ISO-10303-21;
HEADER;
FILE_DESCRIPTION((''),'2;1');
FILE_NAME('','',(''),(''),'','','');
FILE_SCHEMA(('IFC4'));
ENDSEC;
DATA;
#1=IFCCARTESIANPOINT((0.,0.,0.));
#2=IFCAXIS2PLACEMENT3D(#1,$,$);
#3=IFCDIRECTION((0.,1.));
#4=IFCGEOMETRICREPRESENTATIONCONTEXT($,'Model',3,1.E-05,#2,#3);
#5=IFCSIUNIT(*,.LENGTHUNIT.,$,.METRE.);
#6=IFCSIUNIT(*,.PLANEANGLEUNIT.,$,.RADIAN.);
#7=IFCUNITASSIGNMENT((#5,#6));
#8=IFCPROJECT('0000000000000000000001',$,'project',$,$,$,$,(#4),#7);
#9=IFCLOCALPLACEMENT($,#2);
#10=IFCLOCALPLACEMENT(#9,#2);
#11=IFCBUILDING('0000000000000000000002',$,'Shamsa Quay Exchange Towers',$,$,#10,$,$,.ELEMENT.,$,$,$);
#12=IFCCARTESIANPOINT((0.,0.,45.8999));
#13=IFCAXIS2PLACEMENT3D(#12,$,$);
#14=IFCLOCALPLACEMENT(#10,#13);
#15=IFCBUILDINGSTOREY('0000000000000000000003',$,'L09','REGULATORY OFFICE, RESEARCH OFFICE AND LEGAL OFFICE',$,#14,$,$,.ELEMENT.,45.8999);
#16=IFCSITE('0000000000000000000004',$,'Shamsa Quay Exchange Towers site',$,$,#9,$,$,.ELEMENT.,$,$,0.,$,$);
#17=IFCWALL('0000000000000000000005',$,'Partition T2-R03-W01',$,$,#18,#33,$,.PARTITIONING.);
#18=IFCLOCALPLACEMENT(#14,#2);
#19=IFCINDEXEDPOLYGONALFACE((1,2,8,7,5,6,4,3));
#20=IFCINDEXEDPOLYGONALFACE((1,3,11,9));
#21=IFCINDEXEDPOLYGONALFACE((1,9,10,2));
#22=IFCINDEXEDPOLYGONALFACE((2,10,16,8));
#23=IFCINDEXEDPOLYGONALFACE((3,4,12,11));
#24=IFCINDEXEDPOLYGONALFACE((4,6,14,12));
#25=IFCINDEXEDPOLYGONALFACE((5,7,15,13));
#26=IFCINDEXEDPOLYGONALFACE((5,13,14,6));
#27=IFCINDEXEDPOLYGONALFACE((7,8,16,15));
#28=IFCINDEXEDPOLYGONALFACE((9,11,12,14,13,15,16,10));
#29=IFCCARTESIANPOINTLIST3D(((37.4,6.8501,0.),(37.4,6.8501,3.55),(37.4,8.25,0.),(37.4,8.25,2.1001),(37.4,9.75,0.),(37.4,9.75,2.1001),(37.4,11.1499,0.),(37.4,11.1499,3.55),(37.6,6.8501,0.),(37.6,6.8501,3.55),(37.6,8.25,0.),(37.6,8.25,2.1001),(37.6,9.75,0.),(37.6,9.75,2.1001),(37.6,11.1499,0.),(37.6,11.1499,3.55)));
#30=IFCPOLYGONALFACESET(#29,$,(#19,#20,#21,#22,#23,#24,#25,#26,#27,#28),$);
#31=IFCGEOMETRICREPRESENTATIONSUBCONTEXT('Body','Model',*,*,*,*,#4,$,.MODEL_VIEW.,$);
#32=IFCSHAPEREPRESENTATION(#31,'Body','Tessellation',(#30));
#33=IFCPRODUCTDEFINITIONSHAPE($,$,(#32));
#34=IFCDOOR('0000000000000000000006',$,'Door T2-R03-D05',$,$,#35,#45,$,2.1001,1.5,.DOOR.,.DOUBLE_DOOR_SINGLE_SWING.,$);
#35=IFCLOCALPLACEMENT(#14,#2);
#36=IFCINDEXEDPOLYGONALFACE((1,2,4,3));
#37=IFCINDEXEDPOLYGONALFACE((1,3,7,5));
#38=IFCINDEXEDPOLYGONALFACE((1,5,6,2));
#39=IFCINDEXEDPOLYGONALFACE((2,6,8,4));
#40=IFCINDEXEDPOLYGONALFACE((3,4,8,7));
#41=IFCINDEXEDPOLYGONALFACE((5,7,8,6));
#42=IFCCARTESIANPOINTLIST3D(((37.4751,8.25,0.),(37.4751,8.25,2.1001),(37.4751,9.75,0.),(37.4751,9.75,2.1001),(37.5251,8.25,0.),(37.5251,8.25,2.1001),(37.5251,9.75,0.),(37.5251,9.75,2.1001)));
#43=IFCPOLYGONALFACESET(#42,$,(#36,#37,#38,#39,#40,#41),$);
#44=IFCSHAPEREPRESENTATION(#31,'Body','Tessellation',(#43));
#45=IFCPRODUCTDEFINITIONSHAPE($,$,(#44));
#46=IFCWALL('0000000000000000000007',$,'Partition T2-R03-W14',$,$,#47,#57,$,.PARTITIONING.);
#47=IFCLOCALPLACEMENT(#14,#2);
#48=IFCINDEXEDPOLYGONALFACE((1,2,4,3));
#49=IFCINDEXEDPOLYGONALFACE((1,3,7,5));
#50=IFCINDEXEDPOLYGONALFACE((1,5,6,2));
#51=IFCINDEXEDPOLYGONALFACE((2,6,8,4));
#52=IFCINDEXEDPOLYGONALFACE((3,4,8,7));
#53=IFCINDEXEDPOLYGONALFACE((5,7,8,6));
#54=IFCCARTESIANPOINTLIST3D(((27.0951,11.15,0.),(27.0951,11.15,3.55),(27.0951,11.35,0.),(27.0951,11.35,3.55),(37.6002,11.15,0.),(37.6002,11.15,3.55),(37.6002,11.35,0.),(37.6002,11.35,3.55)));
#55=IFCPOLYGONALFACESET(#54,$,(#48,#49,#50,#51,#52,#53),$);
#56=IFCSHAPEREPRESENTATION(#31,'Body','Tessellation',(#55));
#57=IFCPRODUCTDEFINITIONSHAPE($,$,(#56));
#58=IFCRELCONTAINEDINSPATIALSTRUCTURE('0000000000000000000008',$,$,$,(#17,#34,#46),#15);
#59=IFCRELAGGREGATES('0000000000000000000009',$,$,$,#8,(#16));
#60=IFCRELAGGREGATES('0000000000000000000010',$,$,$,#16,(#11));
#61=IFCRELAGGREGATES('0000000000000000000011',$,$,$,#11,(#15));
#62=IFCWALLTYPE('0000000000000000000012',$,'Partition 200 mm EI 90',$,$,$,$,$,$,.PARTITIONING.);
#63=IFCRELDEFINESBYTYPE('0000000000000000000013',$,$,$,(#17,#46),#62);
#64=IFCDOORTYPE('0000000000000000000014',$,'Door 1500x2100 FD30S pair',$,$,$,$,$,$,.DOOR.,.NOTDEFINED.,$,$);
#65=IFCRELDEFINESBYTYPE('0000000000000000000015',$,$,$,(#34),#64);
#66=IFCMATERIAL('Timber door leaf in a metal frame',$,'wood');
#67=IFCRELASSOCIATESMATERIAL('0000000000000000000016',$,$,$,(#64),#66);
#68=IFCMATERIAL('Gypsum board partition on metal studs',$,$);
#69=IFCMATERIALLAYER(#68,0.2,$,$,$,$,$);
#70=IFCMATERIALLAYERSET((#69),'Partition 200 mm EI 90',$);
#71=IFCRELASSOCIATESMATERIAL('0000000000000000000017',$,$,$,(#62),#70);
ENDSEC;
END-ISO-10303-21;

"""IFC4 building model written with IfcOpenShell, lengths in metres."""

from ifc_helpers import new_model, si_unit, direction, frame, frame_2d, origin, place, context, subcontext, project, spatial, rectangle, extrude, material, layer, layer_set, type_object, element, fill, save


model = new_model("IFC4")

# Units and contexts
model_context = context("Model", 3, precision=1e-05, world=origin(), true_north=direction((0.0, 1.0)))
body_context = subcontext(model_context, "Body", "Model", "MODEL_VIEW")
ifc_project = project(units=[si_unit("LENGTHUNIT", "METRE"), si_unit("PLANEANGLEUNIT", "RADIAN")], contexts=[model_context])

# Site, building, storey
site_placement = place(None, origin())
site = spatial("IfcSite", under=ifc_project, at=site_placement, Name="Shamsa Quay Exchange Towers site", CompositionType="ELEMENT", RefElevation=0.0)
building_placement = place(site_placement, origin())
building = spatial("IfcBuilding", under=site, at=building_placement, Name="Shamsa Quay Exchange Towers", CompositionType="ELEMENT")
storey_placement = place(building_placement, frame((0.0, 0.0, 45.8999)))
storey = spatial("IfcBuildingStorey", under=building, at=storey_placement, Name="L09", Description="REGULATORY OFFICE, RESEARCH OFFICE AND LEGAL OFFICE", CompositionType="ELEMENT", Elevation=45.8999)

# Shared definitions
ifc_material_1 = material(Name="Timber door leaf in a metal frame", Category="wood")
door_type_1 = type_object("IfcDoorType", Name="Door 1500x2100 FD30S pair", OperationType="NOTDEFINED", PredefinedType="DOOR", material=ifc_material_1)

# Shared definitions
ifc_material_2 = material(Name="Gypsum board partition on metal studs")

# Wall, opening, door
ifc_layer_1 = layer(ifc_material_2, 0.2)
ifc_layer_set_1 = layer_set([ifc_layer_1], Name="Partition 200 mm EI 90")
wall_type_1 = type_object("IfcWallType", Name="Partition 200 mm EI 90", PredefinedType="PARTITIONING", material=ifc_layer_set_1)
wall_1_placement = place(storey_placement, frame((37.5, 6.8501, 0.0), z_axis=(0.0, 0.0, 1.0), x_axis=(0.0, 1.0, 0.0)))
wall_1 = element("IfcWall", 1, at=wall_1_placement, inside=storey, type_object=wall_type_1, Name="Partition T2-R03-W01", PredefinedType="PARTITIONING", context=body_context, shape_type="SweptSolid", body=[
    extrude(rectangle(XDim=4.2998, YDim=0.2, at=frame_2d((2.1499, 0.0))), origin(), (0.0, 0.0, 1.0), 3.55),
])
opening_1_placement = place(wall_1_placement, frame((1.3999, 0.0, 0.0)))
opening_1 = element("IfcOpeningElement", 2, at=opening_1_placement, cuts=wall_1, PredefinedType="OPENING", context=body_context, shape_type="SweptSolid", body=[
    extrude(rectangle(XDim=1.5, YDim=2.1001, at=frame_2d((0.75, 1.05))), frame((0.0, 0.1099, 0.0), z_axis=(0.0, -1.0, 0.0), x_axis=(1.0, 0.0, 0.0)), (0.0, 0.0, 1.0), 0.22),
])
door_1_placement = place(opening_1_placement, origin())
door_1 = element("IfcDoor", 3, at=door_1_placement, inside=storey, type_object=door_type_1, Name="Door T2-R03-D05", OperationType="DOUBLE_DOOR_SINGLE_SWING", OverallHeight=2.1001, OverallWidth=1.5, PredefinedType="DOOR", context=body_context, shape_type="SweptSolid", body=[
    extrude(rectangle(XDim=1.5, YDim=2.1001, at=frame_2d((0.75, 1.05))), frame((0.0, 0.0249, 0.0), z_axis=(0.0, -1.0, 0.0), x_axis=(1.0, 0.0, 0.0)), (0.0, 0.0, 1.0), 0.05),
])
fill(opening_1, door_1)

# Wall
wall_2_placement = place(storey_placement, frame((37.6001, 11.25, 0.0), z_axis=(0.0, 0.0, 1.0), x_axis=(-1.0, 0.0, 0.0)))
element("IfcWall", 4, at=wall_2_placement, inside=storey, type_object=wall_type_1, Name="Partition T2-R03-W14", PredefinedType="PARTITIONING", context=body_context, shape_type="SweptSolid", body=[
    extrude(rectangle(XDim=10.5051, YDim=0.2, at=frame_2d((5.2524, 0.0))), origin(), (0.0, 0.0, 1.0), 3.55),
])

save(model, "model.ifc")
